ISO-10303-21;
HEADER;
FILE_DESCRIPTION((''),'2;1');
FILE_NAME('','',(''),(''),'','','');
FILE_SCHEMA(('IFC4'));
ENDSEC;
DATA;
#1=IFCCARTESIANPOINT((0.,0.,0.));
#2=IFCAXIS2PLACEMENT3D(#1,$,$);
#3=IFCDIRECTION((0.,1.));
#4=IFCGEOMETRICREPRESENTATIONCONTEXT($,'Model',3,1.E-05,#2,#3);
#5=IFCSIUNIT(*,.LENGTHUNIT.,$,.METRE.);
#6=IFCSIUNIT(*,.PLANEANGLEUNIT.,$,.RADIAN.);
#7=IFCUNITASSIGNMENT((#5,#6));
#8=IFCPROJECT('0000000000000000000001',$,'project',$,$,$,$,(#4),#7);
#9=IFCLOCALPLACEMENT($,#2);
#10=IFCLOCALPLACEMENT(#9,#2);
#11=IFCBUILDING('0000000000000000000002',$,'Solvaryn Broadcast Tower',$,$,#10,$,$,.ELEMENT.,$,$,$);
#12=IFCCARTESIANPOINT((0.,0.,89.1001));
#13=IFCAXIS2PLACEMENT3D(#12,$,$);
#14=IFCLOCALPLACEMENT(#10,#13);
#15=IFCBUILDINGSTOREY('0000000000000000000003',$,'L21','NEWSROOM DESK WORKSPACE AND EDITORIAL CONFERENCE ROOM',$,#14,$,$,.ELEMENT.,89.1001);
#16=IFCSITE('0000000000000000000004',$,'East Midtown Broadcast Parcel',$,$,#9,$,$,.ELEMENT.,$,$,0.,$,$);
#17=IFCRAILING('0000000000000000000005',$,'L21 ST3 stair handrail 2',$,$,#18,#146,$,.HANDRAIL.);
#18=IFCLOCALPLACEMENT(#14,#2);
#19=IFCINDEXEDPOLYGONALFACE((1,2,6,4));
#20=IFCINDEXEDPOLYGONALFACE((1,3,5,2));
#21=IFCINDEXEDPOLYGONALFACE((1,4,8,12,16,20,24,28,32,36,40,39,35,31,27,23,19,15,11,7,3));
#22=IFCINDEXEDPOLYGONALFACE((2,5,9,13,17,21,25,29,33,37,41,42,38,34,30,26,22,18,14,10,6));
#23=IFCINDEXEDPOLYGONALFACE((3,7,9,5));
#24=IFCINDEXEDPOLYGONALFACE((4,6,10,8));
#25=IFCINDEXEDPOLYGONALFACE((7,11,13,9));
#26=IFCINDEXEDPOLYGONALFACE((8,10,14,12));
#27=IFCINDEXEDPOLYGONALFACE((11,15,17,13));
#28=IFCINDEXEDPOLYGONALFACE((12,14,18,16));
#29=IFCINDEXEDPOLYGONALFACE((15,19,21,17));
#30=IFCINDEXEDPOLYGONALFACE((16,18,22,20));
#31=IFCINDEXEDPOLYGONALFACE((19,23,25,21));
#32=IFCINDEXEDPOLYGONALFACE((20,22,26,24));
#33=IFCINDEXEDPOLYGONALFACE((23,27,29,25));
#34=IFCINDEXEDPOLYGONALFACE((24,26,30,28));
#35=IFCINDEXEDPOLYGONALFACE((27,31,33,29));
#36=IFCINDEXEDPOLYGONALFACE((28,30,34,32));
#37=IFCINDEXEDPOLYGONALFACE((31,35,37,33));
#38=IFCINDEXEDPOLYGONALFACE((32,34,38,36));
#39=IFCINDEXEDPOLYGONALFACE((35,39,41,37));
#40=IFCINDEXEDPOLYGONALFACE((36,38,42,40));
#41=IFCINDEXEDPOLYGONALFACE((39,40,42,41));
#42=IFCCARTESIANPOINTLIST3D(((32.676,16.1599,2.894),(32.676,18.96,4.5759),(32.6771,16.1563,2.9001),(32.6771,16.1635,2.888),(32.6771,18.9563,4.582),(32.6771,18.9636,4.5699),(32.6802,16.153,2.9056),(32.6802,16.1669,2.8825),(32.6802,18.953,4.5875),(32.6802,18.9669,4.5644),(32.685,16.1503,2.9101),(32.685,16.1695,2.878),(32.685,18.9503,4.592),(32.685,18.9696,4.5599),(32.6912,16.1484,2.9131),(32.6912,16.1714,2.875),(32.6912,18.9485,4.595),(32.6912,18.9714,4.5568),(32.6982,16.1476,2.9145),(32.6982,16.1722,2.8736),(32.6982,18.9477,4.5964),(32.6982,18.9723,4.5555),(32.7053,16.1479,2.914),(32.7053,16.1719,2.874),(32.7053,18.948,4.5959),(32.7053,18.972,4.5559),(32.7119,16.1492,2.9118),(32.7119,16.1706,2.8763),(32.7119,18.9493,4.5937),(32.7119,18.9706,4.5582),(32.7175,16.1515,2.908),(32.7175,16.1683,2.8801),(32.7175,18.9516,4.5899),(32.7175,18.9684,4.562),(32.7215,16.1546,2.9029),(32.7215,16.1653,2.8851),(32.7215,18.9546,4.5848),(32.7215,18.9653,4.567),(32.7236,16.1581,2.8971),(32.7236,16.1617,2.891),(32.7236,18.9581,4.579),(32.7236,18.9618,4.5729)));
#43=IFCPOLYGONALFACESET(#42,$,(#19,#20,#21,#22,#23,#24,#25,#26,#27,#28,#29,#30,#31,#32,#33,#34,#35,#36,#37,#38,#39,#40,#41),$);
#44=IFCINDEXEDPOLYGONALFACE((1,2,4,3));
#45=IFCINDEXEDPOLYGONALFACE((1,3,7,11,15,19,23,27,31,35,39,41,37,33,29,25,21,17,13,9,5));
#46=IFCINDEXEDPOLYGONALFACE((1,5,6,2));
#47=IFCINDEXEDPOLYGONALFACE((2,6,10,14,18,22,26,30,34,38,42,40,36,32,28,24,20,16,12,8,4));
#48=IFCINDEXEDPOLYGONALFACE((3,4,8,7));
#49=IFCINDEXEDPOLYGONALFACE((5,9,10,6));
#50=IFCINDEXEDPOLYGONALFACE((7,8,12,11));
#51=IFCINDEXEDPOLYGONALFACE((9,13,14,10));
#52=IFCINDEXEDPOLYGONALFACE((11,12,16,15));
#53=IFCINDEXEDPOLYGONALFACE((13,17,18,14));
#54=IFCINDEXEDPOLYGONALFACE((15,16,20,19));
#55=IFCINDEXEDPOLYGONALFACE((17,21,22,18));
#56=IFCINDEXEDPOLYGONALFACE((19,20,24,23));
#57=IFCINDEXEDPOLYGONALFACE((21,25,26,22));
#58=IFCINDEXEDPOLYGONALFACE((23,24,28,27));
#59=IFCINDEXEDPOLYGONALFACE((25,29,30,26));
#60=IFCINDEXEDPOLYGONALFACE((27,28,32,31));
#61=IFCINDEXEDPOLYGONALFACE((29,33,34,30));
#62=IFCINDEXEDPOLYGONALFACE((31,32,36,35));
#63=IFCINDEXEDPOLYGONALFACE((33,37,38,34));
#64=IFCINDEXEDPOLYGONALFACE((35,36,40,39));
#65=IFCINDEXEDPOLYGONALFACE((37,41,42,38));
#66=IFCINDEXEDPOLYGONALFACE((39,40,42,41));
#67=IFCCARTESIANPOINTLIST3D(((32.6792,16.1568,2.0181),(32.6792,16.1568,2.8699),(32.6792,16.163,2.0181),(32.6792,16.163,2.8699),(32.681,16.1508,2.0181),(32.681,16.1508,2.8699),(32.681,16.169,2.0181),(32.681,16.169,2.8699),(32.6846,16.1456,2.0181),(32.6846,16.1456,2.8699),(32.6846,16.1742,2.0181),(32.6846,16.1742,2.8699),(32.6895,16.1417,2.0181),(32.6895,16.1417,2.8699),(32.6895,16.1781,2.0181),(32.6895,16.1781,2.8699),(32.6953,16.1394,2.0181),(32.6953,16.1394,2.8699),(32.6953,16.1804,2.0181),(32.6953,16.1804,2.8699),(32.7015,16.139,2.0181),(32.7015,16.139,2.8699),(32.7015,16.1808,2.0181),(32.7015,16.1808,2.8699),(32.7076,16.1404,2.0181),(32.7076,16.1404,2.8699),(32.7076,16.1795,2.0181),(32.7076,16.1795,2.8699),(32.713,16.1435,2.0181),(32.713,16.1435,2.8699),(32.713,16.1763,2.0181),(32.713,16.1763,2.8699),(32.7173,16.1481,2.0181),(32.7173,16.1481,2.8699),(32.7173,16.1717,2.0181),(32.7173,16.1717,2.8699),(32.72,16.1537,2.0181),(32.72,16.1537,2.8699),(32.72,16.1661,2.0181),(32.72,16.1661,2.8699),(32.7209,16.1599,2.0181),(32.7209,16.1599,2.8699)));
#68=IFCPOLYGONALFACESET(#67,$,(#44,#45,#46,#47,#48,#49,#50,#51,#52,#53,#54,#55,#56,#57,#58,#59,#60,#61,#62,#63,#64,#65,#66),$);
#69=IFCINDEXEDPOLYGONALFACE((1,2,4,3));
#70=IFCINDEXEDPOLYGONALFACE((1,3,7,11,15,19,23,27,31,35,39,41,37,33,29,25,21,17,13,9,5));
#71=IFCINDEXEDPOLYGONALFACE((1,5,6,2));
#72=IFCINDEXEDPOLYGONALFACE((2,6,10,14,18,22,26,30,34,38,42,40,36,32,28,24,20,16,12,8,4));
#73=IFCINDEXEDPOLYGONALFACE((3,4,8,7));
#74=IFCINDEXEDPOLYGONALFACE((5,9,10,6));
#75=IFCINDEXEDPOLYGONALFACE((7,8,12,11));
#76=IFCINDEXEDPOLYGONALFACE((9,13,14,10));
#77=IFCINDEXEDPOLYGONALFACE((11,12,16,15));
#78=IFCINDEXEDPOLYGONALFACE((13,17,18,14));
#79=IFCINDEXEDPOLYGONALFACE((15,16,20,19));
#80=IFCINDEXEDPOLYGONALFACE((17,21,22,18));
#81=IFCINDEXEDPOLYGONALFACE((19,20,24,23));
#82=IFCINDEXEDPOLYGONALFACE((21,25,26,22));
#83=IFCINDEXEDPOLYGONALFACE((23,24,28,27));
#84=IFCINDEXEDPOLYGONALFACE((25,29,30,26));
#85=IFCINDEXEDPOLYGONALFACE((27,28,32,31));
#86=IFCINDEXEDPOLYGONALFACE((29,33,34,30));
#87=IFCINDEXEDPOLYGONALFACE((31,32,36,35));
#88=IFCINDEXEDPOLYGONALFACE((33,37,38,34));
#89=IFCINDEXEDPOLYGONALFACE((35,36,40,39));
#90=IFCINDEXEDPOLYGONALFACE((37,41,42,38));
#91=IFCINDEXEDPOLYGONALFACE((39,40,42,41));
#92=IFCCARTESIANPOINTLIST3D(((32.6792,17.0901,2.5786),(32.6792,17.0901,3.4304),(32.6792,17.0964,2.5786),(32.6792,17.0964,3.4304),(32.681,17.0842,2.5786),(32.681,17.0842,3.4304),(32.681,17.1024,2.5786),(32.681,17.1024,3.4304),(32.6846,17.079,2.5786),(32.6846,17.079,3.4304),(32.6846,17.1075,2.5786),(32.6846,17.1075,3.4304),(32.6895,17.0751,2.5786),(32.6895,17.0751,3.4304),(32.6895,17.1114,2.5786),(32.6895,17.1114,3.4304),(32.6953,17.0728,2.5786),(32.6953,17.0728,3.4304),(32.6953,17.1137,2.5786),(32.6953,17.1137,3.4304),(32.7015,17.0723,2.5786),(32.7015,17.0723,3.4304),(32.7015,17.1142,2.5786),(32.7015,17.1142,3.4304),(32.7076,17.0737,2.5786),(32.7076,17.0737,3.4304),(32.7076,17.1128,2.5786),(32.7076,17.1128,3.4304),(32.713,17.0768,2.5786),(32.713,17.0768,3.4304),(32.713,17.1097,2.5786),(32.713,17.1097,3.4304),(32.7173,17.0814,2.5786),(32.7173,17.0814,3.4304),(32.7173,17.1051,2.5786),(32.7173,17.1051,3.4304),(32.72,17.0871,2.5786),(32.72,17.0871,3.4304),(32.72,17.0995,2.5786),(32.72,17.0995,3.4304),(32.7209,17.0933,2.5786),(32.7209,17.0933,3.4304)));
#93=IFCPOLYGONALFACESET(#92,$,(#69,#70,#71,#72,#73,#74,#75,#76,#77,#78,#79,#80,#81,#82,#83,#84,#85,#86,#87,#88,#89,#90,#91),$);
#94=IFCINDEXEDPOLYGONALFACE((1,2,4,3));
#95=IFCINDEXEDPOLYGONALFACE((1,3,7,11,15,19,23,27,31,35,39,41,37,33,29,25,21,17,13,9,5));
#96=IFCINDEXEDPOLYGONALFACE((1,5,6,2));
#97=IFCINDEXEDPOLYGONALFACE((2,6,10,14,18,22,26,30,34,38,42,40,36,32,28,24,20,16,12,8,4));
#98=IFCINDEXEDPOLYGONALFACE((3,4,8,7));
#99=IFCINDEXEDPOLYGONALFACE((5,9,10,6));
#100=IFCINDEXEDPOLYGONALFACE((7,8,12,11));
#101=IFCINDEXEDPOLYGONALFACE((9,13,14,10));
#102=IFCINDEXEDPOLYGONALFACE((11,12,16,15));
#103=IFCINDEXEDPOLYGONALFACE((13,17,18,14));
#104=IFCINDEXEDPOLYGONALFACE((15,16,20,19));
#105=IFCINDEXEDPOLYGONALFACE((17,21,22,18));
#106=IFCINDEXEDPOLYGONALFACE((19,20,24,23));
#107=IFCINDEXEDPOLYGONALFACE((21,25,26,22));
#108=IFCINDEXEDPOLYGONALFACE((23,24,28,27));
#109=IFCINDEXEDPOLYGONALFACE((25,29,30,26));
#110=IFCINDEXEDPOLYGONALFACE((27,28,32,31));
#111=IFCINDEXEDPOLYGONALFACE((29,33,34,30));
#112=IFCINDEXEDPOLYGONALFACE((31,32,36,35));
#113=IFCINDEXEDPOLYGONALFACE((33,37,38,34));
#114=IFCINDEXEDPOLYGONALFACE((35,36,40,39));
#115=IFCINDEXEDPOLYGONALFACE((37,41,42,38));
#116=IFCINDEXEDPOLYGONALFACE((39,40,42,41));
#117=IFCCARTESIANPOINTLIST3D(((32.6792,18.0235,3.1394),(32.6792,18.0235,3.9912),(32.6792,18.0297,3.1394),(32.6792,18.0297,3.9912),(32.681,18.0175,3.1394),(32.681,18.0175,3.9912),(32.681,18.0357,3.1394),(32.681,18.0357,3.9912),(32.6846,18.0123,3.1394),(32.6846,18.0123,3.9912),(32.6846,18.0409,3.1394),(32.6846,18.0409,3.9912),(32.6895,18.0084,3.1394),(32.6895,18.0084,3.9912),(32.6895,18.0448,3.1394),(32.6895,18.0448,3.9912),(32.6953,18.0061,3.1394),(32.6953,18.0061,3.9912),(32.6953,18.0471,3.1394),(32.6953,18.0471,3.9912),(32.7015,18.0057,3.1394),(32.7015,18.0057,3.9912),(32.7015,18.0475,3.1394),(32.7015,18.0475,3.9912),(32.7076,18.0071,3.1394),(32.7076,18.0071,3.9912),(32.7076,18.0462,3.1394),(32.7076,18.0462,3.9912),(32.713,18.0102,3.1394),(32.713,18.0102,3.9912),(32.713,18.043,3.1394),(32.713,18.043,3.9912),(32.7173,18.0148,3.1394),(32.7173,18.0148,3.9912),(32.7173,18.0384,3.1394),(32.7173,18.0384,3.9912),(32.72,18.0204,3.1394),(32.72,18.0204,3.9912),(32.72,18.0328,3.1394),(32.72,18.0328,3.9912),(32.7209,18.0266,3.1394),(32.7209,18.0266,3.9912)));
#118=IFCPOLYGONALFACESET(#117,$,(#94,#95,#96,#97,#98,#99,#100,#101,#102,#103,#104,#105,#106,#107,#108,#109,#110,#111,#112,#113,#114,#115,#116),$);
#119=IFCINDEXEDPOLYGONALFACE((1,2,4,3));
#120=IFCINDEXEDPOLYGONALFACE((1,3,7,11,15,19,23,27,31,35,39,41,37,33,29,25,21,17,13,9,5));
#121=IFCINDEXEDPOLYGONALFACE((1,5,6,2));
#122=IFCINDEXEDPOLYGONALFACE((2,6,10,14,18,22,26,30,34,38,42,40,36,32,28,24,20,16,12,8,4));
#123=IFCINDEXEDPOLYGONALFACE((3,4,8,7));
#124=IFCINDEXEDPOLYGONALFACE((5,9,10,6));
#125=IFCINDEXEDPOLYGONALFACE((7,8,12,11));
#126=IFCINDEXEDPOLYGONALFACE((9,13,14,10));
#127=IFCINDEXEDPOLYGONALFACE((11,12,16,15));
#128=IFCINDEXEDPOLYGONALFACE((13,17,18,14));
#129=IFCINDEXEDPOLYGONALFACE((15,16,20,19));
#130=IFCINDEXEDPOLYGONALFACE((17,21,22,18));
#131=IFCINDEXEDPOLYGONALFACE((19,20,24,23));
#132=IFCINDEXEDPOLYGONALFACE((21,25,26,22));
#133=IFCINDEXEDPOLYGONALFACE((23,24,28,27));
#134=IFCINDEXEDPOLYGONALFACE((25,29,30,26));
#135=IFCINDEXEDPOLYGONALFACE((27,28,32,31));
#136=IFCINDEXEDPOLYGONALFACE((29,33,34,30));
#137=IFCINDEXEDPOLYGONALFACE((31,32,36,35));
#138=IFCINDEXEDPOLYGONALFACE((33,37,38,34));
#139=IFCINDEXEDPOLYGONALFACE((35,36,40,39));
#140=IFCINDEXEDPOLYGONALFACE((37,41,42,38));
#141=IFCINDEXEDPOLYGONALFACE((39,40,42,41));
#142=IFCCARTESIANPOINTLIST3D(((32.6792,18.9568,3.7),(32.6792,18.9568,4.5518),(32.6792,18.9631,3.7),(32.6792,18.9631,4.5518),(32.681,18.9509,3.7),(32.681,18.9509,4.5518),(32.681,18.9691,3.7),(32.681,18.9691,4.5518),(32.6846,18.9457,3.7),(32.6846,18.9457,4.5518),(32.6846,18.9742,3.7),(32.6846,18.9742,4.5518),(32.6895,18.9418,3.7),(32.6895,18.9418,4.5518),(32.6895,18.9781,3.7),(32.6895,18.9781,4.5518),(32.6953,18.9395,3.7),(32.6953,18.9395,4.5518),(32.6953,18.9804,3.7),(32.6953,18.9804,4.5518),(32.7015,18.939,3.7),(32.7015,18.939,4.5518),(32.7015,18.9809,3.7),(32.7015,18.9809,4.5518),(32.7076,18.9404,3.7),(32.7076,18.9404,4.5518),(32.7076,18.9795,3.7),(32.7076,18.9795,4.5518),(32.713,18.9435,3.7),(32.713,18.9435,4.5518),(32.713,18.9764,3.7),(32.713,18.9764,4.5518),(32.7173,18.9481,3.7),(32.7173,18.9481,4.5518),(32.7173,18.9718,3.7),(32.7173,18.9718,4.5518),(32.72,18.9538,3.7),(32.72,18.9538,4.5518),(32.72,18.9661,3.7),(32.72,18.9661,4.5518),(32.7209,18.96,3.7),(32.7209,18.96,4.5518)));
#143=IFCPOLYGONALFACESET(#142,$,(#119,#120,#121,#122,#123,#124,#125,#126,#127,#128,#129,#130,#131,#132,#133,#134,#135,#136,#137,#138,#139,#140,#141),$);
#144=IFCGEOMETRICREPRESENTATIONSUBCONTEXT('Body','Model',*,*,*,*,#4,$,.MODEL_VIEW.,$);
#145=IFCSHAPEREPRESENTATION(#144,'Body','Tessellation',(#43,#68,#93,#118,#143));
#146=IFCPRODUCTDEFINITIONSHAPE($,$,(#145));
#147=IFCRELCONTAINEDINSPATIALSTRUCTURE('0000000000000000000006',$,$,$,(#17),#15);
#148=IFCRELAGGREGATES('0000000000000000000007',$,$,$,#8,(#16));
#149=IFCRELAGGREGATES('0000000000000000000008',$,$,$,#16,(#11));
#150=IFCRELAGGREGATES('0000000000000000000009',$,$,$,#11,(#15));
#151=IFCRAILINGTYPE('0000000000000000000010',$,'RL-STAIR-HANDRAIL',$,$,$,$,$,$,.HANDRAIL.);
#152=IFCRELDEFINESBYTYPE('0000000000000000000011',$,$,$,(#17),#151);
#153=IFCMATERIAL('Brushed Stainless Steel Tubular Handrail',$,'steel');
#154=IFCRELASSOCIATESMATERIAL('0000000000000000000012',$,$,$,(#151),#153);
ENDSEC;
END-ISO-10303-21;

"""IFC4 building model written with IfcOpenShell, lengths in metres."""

from ifc_helpers import new_model, si_unit, direction, frame, origin, origin_2d, place, context, subcontext, project, spatial, circle, extrude, material, type_object, element, save


model = new_model("IFC4")

# Units and contexts
model_context = context("Model", 3, precision=1e-05, world=origin(), true_north=direction((0.0, 1.0)))
body_context = subcontext(model_context, "Body", "Model", "MODEL_VIEW")
ifc_project = project(units=[si_unit("LENGTHUNIT", "METRE"), si_unit("PLANEANGLEUNIT", "RADIAN")], contexts=[model_context])

# Site, building, storey
site_placement = place(None, origin())
site = spatial("IfcSite", under=ifc_project, at=site_placement, Name="East Midtown Broadcast Parcel", CompositionType="ELEMENT", RefElevation=0.0)
building_placement = place(site_placement, origin())
building = spatial("IfcBuilding", under=site, at=building_placement, Name="Solvaryn Broadcast Tower", CompositionType="ELEMENT")
storey_placement = place(building_placement, frame((0.0, 0.0, 89.1001)))
storey = spatial("IfcBuildingStorey", under=building, at=storey_placement, Name="L21", Description="NEWSROOM DESK WORKSPACE AND EDITORIAL CONFERENCE ROOM", CompositionType="ELEMENT", Elevation=89.1001)

# Railing
ifc_material_1 = material(Name="Brushed Stainless Steel Tubular Handrail", Category="steel")
railing_type_1 = type_object("IfcRailingType", Name="RL-STAIR-HANDRAIL", PredefinedType="HANDRAIL", material=ifc_material_1)
railing_1_placement = place(storey_placement, frame((32.7, 16.1599, 2.0181)))
element("IfcRailing", 1, at=railing_1_placement, inside=storey, type_object=railing_type_1, Name="L21 ST3 stair handrail 2", PredefinedType="HANDRAIL", context=body_context, shape_type="SweptSolid", body=[
    extrude(circle(Radius=0.0239, at=origin_2d()), frame((0.0, 0.0, 0.876), z_axis=(0.0, 0.857242, 0.514913), x_axis=(-1.0, 0.0, 0.0)), (0.0, 0.0, 1.0), 3.2664),
    extrude(circle(Radius=0.021, at=origin_2d()), origin(), (0.0, 0.0, 1.0), 0.8518),
    extrude(circle(Radius=0.021, at=origin_2d()), frame((0.0, 0.9333, 0.5605)), (0.0, 0.0, 1.0), 0.8518),
    extrude(circle(Radius=0.021, at=origin_2d()), frame((0.0, 1.8667, 1.1213)), (0.0, 0.0, 1.0), 0.8518),
    extrude(circle(Radius=0.021, at=origin_2d()), frame((0.0, 2.8, 1.6819)), (0.0, 0.0, 1.0), 0.8518),
])

save(model, "model.ifc")
